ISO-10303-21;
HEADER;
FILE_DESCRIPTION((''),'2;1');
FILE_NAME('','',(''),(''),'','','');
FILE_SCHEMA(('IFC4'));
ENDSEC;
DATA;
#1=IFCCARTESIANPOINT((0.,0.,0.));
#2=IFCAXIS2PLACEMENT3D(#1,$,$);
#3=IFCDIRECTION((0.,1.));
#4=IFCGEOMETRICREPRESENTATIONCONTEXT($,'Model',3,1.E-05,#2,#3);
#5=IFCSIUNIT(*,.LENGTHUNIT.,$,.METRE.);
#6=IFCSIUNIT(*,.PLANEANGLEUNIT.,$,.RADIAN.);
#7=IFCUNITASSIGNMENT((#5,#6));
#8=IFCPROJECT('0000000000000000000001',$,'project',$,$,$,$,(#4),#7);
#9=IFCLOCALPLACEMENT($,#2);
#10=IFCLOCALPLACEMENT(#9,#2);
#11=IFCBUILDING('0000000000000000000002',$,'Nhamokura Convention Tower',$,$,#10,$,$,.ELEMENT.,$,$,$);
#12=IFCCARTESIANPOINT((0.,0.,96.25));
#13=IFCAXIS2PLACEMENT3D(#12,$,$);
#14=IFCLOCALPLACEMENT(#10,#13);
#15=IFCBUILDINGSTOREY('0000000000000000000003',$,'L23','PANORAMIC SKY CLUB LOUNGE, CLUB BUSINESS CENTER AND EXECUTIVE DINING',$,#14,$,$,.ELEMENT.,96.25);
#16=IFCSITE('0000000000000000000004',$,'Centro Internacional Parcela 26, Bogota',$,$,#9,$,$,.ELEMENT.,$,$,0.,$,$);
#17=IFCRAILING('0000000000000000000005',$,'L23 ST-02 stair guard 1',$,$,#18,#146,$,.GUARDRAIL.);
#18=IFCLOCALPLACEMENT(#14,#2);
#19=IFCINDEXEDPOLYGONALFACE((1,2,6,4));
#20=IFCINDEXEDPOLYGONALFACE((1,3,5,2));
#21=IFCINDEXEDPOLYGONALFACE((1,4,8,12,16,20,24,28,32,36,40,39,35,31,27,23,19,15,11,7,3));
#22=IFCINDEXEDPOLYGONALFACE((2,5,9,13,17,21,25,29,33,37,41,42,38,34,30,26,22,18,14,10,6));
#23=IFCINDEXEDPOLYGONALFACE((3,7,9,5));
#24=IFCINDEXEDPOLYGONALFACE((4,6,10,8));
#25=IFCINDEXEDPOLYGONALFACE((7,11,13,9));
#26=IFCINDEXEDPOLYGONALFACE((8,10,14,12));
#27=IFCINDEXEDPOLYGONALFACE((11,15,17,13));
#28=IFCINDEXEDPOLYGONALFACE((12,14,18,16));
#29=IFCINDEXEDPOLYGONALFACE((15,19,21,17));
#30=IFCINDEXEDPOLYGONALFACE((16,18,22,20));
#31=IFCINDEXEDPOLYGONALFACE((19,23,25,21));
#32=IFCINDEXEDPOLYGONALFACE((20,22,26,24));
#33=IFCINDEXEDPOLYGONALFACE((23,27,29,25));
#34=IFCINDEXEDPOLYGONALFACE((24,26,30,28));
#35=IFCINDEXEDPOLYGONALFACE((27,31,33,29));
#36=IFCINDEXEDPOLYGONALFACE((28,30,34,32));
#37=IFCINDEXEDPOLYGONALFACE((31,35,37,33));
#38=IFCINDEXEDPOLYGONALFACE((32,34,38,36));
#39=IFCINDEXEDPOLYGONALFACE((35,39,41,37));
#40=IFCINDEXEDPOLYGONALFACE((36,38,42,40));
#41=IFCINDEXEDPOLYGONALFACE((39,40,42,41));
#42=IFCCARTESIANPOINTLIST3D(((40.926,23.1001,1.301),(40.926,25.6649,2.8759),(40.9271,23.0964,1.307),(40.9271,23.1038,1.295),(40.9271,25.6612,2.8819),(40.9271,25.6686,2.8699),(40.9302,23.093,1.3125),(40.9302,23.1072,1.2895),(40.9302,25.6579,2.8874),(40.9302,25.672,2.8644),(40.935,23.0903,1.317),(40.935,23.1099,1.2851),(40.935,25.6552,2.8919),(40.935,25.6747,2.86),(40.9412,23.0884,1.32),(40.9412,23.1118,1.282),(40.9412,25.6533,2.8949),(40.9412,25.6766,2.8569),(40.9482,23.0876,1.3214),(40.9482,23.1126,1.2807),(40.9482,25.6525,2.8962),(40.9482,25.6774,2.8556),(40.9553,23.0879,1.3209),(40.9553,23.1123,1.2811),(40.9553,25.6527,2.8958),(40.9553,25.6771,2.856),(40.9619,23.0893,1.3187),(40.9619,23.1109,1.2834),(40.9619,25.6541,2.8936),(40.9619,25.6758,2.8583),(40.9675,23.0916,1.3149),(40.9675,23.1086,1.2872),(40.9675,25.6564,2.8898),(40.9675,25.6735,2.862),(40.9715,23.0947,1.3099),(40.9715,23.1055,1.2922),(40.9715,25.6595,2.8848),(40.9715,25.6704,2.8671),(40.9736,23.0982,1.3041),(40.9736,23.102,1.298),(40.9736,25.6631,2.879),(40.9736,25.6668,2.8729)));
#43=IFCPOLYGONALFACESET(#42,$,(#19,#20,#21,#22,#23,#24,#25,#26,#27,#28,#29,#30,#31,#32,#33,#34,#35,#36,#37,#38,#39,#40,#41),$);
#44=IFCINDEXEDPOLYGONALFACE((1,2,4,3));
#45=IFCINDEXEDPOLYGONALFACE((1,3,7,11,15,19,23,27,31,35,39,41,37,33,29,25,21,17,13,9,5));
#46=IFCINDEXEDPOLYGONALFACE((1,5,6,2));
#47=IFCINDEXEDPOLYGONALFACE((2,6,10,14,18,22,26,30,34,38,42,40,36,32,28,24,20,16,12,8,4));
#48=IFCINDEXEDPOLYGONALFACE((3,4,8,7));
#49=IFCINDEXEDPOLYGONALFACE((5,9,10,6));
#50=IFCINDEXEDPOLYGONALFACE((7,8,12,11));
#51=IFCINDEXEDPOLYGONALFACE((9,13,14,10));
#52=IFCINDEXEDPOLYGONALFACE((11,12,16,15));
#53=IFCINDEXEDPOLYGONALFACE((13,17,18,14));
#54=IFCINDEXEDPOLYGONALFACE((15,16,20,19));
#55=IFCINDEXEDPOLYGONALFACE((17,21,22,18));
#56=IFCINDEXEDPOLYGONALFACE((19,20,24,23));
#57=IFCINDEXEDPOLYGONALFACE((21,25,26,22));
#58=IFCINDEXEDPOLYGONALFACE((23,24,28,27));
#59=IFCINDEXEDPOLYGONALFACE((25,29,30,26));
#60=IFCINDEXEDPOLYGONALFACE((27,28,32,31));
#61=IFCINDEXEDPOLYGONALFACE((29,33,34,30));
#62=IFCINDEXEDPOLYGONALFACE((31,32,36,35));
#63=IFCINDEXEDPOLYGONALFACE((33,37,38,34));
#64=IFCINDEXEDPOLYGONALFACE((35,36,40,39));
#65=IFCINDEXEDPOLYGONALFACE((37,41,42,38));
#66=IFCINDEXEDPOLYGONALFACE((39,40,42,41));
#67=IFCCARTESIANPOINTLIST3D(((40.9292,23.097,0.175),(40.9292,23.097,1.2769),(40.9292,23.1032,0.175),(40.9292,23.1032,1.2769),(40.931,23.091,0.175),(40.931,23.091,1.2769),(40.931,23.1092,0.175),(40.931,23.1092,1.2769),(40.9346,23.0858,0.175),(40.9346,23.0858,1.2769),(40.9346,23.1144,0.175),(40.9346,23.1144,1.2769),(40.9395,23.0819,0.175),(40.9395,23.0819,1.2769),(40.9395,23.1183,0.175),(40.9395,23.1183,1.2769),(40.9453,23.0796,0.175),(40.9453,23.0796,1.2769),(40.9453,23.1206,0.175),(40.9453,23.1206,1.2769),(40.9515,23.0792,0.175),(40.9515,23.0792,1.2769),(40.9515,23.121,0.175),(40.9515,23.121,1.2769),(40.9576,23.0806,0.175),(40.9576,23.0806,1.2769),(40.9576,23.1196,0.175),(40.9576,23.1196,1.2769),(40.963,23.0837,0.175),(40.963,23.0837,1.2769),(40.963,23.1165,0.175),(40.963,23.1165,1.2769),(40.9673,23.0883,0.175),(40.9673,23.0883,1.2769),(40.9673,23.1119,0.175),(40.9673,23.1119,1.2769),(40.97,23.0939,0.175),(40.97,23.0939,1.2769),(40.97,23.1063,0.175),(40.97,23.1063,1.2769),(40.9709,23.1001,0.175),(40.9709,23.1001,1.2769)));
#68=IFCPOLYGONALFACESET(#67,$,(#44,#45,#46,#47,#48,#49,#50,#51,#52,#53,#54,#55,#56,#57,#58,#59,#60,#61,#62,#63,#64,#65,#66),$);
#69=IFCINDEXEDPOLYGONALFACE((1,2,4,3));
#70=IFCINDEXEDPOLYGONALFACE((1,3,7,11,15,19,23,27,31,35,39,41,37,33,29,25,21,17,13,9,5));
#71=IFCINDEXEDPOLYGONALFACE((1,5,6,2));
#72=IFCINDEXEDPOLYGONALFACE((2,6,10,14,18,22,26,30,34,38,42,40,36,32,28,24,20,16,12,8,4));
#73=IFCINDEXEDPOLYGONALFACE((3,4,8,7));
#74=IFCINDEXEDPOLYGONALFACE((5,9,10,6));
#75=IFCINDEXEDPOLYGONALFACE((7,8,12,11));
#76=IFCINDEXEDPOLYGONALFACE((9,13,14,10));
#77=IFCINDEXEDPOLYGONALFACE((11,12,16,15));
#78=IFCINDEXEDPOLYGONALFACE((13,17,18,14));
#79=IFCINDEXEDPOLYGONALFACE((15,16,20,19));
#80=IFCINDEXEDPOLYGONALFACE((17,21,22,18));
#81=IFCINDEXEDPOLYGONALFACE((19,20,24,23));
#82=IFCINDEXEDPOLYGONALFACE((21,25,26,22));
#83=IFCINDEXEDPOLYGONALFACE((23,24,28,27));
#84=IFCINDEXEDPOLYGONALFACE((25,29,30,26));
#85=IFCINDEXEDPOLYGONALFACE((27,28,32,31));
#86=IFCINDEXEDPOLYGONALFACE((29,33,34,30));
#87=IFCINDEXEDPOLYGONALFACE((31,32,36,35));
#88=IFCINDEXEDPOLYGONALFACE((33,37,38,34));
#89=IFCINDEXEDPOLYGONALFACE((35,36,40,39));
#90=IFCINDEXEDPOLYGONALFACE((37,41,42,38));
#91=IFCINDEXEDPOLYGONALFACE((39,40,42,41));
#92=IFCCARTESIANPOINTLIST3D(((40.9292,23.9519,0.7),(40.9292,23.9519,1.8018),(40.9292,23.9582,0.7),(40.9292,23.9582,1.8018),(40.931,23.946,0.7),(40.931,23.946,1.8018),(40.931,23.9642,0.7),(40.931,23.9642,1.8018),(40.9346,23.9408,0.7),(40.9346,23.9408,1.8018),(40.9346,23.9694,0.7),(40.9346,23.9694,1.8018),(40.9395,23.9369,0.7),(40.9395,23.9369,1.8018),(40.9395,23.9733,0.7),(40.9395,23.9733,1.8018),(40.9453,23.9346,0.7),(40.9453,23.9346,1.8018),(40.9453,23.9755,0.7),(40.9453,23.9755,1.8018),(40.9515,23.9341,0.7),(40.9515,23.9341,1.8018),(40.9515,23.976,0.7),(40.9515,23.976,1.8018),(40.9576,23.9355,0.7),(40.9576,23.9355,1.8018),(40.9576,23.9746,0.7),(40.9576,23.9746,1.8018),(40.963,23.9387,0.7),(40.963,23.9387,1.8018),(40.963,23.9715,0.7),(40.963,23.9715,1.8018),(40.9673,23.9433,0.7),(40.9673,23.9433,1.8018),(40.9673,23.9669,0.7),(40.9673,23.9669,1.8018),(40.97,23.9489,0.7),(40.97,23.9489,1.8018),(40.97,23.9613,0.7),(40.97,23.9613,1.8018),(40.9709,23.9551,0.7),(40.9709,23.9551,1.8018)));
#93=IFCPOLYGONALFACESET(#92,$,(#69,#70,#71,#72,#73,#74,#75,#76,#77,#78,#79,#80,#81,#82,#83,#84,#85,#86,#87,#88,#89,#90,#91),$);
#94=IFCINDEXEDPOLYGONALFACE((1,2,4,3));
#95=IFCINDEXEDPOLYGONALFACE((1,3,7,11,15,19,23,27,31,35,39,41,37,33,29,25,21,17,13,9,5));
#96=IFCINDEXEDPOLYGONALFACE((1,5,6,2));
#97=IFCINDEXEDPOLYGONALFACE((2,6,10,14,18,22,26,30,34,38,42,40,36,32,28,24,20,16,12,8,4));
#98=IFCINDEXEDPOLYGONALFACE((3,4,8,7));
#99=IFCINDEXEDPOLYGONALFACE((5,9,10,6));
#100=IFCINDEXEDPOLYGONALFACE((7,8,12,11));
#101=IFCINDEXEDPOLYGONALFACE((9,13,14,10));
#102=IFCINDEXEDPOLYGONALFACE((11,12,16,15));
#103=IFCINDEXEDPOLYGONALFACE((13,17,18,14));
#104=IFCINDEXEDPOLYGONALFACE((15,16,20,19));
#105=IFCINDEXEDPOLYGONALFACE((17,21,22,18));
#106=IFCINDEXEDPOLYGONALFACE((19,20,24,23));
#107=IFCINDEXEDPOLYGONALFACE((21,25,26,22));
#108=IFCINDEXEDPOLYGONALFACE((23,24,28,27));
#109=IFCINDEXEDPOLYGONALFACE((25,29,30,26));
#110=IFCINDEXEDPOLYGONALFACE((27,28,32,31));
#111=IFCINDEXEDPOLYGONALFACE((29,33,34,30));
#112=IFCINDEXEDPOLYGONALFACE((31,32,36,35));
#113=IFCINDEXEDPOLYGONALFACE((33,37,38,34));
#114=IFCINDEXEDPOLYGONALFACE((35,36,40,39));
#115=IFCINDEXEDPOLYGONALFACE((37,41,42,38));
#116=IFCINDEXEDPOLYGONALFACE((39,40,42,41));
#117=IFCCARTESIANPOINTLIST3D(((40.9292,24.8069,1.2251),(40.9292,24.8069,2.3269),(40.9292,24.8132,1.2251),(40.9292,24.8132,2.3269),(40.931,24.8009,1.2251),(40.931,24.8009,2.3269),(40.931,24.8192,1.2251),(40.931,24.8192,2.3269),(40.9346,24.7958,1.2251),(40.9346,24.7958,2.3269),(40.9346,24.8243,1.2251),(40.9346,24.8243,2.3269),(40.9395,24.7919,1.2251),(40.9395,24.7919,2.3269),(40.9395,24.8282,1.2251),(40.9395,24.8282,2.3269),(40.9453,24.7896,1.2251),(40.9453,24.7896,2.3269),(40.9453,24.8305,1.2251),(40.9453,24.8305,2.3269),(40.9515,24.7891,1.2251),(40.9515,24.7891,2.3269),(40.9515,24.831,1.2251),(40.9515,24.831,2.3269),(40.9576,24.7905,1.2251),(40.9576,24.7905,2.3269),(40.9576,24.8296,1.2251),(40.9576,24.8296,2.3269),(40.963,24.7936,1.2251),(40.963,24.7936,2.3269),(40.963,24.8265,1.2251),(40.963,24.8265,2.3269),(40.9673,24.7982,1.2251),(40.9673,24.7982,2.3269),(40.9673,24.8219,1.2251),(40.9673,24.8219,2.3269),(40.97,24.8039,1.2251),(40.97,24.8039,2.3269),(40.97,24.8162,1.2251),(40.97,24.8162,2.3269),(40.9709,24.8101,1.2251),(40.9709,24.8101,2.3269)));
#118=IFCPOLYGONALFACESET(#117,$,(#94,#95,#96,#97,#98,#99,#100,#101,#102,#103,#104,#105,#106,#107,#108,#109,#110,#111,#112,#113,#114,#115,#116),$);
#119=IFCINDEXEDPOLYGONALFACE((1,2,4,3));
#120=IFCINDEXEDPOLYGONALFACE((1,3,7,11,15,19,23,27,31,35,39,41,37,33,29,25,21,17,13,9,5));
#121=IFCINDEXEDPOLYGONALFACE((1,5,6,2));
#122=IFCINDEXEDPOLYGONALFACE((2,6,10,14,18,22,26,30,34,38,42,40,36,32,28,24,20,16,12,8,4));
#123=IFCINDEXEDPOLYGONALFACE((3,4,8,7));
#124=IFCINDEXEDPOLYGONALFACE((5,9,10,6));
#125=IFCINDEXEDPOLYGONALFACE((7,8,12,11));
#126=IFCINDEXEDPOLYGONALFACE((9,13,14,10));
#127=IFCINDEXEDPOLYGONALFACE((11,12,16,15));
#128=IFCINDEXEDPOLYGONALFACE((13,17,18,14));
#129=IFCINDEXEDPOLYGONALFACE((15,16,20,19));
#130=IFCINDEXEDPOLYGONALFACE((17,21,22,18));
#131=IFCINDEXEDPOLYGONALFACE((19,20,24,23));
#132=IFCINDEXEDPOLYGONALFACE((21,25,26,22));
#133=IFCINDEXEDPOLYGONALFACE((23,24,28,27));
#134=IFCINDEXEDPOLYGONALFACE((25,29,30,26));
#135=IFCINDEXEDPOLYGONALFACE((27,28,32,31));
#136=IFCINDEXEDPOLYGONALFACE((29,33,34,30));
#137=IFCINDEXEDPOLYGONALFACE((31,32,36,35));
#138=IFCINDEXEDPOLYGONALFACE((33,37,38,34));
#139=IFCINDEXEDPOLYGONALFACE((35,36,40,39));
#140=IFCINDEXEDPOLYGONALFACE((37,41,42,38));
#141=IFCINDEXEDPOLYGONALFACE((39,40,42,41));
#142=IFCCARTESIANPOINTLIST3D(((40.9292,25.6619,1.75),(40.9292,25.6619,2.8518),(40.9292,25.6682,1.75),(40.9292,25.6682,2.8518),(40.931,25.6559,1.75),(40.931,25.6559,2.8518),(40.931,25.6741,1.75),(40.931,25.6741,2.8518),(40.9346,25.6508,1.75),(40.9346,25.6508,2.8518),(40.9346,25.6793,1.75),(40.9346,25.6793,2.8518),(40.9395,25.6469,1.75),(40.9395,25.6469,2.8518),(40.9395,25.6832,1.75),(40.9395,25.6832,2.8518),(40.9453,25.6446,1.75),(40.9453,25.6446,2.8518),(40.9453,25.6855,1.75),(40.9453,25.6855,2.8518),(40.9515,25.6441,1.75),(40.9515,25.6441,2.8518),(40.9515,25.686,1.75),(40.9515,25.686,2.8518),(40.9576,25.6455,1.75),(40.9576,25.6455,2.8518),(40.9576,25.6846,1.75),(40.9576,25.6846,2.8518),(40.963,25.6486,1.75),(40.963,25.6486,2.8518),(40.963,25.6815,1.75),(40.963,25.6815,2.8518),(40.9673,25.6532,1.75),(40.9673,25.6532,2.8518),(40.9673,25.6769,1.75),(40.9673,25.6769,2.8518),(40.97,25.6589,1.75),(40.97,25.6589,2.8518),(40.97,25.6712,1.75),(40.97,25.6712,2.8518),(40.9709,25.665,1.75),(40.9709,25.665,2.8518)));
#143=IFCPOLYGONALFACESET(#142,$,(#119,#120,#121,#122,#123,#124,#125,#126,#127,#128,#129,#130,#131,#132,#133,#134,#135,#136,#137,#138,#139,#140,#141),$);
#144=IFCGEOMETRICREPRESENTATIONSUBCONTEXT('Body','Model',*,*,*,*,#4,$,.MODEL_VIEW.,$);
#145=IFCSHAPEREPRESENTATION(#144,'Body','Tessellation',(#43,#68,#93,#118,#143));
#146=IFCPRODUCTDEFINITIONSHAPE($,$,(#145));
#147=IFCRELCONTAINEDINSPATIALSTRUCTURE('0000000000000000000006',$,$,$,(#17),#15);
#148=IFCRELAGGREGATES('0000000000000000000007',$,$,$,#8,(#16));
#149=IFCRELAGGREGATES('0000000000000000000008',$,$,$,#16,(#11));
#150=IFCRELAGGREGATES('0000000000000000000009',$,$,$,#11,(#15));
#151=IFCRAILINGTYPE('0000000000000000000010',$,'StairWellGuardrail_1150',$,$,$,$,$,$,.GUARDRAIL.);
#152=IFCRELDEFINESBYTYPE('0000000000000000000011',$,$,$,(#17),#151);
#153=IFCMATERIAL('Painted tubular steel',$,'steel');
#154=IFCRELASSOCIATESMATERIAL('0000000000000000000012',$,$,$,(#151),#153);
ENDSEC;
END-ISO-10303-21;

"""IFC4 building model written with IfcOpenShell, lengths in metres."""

from ifc_helpers import new_model, si_unit, direction, frame, origin, origin_2d, place, context, subcontext, project, spatial, circle, extrude, material, type_object, element, save


model = new_model("IFC4")

# Units and contexts
model_context = context("Model", 3, precision=1e-05, world=origin(), true_north=direction((0.0, 1.0)))
body_context = subcontext(model_context, "Body", "Model", "MODEL_VIEW")
ifc_project = project(units=[si_unit("LENGTHUNIT", "METRE"), si_unit("PLANEANGLEUNIT", "RADIAN")], contexts=[model_context])

# Site, building, storey
site_placement = place(None, origin())
site = spatial("IfcSite", under=ifc_project, at=site_placement, Name="Centro Internacional Parcela 26, Bogota", CompositionType="ELEMENT", RefElevation=0.0)
building_placement = place(site_placement, origin())
building = spatial("IfcBuilding", under=site, at=building_placement, Name="Nhamokura Convention Tower", CompositionType="ELEMENT")
storey_placement = place(building_placement, frame((0.0, 0.0, 96.25)))
storey = spatial("IfcBuildingStorey", under=building, at=storey_placement, Name="L23", Description="PANORAMIC SKY CLUB LOUNGE, CLUB BUSINESS CENTER AND EXECUTIVE DINING", CompositionType="ELEMENT", Elevation=96.25)

# Railing
ifc_material_1 = material(Name="Painted tubular steel", Category="steel")
railing_type = type_object("IfcRailingType", Name="StairWellGuardrail_1150", PredefinedType="GUARDRAIL", material=ifc_material_1)
railing_1_placement = place(storey_placement, frame((40.95, 23.1001, 0.175)))
element("IfcRailing", 1, at=railing_1_placement, inside=storey, type_object=railing_type, Name="L23 ST-02 stair guard 1", PredefinedType="GUARDRAIL", context=body_context, shape_type="SweptSolid", body=[
    extrude(circle(Radius=0.0239, at=origin_2d()), frame((0.0, 0.0, 1.126), z_axis=(0.0, 0.852173, 0.52326), x_axis=(-1.0, 0.0, 0.0)), (0.0, 0.0, 1.0), 3.0098),
    extrude(circle(Radius=0.021, at=origin_2d()), origin(), (0.0, 0.0, 1.0), 1.1018),
    extrude(circle(Radius=0.021, at=origin_2d()), frame((0.0, 0.855, 0.5249)), (0.0, 0.0, 1.0), 1.1018),
    extrude(circle(Radius=0.021, at=origin_2d()), frame((0.0, 1.71, 1.05)), (0.0, 0.0, 1.0), 1.1018),
    extrude(circle(Radius=0.021, at=origin_2d()), frame((0.0, 2.5649, 1.575)), (0.0, 0.0, 1.0), 1.1018),
])

save(model, "model.ifc")
